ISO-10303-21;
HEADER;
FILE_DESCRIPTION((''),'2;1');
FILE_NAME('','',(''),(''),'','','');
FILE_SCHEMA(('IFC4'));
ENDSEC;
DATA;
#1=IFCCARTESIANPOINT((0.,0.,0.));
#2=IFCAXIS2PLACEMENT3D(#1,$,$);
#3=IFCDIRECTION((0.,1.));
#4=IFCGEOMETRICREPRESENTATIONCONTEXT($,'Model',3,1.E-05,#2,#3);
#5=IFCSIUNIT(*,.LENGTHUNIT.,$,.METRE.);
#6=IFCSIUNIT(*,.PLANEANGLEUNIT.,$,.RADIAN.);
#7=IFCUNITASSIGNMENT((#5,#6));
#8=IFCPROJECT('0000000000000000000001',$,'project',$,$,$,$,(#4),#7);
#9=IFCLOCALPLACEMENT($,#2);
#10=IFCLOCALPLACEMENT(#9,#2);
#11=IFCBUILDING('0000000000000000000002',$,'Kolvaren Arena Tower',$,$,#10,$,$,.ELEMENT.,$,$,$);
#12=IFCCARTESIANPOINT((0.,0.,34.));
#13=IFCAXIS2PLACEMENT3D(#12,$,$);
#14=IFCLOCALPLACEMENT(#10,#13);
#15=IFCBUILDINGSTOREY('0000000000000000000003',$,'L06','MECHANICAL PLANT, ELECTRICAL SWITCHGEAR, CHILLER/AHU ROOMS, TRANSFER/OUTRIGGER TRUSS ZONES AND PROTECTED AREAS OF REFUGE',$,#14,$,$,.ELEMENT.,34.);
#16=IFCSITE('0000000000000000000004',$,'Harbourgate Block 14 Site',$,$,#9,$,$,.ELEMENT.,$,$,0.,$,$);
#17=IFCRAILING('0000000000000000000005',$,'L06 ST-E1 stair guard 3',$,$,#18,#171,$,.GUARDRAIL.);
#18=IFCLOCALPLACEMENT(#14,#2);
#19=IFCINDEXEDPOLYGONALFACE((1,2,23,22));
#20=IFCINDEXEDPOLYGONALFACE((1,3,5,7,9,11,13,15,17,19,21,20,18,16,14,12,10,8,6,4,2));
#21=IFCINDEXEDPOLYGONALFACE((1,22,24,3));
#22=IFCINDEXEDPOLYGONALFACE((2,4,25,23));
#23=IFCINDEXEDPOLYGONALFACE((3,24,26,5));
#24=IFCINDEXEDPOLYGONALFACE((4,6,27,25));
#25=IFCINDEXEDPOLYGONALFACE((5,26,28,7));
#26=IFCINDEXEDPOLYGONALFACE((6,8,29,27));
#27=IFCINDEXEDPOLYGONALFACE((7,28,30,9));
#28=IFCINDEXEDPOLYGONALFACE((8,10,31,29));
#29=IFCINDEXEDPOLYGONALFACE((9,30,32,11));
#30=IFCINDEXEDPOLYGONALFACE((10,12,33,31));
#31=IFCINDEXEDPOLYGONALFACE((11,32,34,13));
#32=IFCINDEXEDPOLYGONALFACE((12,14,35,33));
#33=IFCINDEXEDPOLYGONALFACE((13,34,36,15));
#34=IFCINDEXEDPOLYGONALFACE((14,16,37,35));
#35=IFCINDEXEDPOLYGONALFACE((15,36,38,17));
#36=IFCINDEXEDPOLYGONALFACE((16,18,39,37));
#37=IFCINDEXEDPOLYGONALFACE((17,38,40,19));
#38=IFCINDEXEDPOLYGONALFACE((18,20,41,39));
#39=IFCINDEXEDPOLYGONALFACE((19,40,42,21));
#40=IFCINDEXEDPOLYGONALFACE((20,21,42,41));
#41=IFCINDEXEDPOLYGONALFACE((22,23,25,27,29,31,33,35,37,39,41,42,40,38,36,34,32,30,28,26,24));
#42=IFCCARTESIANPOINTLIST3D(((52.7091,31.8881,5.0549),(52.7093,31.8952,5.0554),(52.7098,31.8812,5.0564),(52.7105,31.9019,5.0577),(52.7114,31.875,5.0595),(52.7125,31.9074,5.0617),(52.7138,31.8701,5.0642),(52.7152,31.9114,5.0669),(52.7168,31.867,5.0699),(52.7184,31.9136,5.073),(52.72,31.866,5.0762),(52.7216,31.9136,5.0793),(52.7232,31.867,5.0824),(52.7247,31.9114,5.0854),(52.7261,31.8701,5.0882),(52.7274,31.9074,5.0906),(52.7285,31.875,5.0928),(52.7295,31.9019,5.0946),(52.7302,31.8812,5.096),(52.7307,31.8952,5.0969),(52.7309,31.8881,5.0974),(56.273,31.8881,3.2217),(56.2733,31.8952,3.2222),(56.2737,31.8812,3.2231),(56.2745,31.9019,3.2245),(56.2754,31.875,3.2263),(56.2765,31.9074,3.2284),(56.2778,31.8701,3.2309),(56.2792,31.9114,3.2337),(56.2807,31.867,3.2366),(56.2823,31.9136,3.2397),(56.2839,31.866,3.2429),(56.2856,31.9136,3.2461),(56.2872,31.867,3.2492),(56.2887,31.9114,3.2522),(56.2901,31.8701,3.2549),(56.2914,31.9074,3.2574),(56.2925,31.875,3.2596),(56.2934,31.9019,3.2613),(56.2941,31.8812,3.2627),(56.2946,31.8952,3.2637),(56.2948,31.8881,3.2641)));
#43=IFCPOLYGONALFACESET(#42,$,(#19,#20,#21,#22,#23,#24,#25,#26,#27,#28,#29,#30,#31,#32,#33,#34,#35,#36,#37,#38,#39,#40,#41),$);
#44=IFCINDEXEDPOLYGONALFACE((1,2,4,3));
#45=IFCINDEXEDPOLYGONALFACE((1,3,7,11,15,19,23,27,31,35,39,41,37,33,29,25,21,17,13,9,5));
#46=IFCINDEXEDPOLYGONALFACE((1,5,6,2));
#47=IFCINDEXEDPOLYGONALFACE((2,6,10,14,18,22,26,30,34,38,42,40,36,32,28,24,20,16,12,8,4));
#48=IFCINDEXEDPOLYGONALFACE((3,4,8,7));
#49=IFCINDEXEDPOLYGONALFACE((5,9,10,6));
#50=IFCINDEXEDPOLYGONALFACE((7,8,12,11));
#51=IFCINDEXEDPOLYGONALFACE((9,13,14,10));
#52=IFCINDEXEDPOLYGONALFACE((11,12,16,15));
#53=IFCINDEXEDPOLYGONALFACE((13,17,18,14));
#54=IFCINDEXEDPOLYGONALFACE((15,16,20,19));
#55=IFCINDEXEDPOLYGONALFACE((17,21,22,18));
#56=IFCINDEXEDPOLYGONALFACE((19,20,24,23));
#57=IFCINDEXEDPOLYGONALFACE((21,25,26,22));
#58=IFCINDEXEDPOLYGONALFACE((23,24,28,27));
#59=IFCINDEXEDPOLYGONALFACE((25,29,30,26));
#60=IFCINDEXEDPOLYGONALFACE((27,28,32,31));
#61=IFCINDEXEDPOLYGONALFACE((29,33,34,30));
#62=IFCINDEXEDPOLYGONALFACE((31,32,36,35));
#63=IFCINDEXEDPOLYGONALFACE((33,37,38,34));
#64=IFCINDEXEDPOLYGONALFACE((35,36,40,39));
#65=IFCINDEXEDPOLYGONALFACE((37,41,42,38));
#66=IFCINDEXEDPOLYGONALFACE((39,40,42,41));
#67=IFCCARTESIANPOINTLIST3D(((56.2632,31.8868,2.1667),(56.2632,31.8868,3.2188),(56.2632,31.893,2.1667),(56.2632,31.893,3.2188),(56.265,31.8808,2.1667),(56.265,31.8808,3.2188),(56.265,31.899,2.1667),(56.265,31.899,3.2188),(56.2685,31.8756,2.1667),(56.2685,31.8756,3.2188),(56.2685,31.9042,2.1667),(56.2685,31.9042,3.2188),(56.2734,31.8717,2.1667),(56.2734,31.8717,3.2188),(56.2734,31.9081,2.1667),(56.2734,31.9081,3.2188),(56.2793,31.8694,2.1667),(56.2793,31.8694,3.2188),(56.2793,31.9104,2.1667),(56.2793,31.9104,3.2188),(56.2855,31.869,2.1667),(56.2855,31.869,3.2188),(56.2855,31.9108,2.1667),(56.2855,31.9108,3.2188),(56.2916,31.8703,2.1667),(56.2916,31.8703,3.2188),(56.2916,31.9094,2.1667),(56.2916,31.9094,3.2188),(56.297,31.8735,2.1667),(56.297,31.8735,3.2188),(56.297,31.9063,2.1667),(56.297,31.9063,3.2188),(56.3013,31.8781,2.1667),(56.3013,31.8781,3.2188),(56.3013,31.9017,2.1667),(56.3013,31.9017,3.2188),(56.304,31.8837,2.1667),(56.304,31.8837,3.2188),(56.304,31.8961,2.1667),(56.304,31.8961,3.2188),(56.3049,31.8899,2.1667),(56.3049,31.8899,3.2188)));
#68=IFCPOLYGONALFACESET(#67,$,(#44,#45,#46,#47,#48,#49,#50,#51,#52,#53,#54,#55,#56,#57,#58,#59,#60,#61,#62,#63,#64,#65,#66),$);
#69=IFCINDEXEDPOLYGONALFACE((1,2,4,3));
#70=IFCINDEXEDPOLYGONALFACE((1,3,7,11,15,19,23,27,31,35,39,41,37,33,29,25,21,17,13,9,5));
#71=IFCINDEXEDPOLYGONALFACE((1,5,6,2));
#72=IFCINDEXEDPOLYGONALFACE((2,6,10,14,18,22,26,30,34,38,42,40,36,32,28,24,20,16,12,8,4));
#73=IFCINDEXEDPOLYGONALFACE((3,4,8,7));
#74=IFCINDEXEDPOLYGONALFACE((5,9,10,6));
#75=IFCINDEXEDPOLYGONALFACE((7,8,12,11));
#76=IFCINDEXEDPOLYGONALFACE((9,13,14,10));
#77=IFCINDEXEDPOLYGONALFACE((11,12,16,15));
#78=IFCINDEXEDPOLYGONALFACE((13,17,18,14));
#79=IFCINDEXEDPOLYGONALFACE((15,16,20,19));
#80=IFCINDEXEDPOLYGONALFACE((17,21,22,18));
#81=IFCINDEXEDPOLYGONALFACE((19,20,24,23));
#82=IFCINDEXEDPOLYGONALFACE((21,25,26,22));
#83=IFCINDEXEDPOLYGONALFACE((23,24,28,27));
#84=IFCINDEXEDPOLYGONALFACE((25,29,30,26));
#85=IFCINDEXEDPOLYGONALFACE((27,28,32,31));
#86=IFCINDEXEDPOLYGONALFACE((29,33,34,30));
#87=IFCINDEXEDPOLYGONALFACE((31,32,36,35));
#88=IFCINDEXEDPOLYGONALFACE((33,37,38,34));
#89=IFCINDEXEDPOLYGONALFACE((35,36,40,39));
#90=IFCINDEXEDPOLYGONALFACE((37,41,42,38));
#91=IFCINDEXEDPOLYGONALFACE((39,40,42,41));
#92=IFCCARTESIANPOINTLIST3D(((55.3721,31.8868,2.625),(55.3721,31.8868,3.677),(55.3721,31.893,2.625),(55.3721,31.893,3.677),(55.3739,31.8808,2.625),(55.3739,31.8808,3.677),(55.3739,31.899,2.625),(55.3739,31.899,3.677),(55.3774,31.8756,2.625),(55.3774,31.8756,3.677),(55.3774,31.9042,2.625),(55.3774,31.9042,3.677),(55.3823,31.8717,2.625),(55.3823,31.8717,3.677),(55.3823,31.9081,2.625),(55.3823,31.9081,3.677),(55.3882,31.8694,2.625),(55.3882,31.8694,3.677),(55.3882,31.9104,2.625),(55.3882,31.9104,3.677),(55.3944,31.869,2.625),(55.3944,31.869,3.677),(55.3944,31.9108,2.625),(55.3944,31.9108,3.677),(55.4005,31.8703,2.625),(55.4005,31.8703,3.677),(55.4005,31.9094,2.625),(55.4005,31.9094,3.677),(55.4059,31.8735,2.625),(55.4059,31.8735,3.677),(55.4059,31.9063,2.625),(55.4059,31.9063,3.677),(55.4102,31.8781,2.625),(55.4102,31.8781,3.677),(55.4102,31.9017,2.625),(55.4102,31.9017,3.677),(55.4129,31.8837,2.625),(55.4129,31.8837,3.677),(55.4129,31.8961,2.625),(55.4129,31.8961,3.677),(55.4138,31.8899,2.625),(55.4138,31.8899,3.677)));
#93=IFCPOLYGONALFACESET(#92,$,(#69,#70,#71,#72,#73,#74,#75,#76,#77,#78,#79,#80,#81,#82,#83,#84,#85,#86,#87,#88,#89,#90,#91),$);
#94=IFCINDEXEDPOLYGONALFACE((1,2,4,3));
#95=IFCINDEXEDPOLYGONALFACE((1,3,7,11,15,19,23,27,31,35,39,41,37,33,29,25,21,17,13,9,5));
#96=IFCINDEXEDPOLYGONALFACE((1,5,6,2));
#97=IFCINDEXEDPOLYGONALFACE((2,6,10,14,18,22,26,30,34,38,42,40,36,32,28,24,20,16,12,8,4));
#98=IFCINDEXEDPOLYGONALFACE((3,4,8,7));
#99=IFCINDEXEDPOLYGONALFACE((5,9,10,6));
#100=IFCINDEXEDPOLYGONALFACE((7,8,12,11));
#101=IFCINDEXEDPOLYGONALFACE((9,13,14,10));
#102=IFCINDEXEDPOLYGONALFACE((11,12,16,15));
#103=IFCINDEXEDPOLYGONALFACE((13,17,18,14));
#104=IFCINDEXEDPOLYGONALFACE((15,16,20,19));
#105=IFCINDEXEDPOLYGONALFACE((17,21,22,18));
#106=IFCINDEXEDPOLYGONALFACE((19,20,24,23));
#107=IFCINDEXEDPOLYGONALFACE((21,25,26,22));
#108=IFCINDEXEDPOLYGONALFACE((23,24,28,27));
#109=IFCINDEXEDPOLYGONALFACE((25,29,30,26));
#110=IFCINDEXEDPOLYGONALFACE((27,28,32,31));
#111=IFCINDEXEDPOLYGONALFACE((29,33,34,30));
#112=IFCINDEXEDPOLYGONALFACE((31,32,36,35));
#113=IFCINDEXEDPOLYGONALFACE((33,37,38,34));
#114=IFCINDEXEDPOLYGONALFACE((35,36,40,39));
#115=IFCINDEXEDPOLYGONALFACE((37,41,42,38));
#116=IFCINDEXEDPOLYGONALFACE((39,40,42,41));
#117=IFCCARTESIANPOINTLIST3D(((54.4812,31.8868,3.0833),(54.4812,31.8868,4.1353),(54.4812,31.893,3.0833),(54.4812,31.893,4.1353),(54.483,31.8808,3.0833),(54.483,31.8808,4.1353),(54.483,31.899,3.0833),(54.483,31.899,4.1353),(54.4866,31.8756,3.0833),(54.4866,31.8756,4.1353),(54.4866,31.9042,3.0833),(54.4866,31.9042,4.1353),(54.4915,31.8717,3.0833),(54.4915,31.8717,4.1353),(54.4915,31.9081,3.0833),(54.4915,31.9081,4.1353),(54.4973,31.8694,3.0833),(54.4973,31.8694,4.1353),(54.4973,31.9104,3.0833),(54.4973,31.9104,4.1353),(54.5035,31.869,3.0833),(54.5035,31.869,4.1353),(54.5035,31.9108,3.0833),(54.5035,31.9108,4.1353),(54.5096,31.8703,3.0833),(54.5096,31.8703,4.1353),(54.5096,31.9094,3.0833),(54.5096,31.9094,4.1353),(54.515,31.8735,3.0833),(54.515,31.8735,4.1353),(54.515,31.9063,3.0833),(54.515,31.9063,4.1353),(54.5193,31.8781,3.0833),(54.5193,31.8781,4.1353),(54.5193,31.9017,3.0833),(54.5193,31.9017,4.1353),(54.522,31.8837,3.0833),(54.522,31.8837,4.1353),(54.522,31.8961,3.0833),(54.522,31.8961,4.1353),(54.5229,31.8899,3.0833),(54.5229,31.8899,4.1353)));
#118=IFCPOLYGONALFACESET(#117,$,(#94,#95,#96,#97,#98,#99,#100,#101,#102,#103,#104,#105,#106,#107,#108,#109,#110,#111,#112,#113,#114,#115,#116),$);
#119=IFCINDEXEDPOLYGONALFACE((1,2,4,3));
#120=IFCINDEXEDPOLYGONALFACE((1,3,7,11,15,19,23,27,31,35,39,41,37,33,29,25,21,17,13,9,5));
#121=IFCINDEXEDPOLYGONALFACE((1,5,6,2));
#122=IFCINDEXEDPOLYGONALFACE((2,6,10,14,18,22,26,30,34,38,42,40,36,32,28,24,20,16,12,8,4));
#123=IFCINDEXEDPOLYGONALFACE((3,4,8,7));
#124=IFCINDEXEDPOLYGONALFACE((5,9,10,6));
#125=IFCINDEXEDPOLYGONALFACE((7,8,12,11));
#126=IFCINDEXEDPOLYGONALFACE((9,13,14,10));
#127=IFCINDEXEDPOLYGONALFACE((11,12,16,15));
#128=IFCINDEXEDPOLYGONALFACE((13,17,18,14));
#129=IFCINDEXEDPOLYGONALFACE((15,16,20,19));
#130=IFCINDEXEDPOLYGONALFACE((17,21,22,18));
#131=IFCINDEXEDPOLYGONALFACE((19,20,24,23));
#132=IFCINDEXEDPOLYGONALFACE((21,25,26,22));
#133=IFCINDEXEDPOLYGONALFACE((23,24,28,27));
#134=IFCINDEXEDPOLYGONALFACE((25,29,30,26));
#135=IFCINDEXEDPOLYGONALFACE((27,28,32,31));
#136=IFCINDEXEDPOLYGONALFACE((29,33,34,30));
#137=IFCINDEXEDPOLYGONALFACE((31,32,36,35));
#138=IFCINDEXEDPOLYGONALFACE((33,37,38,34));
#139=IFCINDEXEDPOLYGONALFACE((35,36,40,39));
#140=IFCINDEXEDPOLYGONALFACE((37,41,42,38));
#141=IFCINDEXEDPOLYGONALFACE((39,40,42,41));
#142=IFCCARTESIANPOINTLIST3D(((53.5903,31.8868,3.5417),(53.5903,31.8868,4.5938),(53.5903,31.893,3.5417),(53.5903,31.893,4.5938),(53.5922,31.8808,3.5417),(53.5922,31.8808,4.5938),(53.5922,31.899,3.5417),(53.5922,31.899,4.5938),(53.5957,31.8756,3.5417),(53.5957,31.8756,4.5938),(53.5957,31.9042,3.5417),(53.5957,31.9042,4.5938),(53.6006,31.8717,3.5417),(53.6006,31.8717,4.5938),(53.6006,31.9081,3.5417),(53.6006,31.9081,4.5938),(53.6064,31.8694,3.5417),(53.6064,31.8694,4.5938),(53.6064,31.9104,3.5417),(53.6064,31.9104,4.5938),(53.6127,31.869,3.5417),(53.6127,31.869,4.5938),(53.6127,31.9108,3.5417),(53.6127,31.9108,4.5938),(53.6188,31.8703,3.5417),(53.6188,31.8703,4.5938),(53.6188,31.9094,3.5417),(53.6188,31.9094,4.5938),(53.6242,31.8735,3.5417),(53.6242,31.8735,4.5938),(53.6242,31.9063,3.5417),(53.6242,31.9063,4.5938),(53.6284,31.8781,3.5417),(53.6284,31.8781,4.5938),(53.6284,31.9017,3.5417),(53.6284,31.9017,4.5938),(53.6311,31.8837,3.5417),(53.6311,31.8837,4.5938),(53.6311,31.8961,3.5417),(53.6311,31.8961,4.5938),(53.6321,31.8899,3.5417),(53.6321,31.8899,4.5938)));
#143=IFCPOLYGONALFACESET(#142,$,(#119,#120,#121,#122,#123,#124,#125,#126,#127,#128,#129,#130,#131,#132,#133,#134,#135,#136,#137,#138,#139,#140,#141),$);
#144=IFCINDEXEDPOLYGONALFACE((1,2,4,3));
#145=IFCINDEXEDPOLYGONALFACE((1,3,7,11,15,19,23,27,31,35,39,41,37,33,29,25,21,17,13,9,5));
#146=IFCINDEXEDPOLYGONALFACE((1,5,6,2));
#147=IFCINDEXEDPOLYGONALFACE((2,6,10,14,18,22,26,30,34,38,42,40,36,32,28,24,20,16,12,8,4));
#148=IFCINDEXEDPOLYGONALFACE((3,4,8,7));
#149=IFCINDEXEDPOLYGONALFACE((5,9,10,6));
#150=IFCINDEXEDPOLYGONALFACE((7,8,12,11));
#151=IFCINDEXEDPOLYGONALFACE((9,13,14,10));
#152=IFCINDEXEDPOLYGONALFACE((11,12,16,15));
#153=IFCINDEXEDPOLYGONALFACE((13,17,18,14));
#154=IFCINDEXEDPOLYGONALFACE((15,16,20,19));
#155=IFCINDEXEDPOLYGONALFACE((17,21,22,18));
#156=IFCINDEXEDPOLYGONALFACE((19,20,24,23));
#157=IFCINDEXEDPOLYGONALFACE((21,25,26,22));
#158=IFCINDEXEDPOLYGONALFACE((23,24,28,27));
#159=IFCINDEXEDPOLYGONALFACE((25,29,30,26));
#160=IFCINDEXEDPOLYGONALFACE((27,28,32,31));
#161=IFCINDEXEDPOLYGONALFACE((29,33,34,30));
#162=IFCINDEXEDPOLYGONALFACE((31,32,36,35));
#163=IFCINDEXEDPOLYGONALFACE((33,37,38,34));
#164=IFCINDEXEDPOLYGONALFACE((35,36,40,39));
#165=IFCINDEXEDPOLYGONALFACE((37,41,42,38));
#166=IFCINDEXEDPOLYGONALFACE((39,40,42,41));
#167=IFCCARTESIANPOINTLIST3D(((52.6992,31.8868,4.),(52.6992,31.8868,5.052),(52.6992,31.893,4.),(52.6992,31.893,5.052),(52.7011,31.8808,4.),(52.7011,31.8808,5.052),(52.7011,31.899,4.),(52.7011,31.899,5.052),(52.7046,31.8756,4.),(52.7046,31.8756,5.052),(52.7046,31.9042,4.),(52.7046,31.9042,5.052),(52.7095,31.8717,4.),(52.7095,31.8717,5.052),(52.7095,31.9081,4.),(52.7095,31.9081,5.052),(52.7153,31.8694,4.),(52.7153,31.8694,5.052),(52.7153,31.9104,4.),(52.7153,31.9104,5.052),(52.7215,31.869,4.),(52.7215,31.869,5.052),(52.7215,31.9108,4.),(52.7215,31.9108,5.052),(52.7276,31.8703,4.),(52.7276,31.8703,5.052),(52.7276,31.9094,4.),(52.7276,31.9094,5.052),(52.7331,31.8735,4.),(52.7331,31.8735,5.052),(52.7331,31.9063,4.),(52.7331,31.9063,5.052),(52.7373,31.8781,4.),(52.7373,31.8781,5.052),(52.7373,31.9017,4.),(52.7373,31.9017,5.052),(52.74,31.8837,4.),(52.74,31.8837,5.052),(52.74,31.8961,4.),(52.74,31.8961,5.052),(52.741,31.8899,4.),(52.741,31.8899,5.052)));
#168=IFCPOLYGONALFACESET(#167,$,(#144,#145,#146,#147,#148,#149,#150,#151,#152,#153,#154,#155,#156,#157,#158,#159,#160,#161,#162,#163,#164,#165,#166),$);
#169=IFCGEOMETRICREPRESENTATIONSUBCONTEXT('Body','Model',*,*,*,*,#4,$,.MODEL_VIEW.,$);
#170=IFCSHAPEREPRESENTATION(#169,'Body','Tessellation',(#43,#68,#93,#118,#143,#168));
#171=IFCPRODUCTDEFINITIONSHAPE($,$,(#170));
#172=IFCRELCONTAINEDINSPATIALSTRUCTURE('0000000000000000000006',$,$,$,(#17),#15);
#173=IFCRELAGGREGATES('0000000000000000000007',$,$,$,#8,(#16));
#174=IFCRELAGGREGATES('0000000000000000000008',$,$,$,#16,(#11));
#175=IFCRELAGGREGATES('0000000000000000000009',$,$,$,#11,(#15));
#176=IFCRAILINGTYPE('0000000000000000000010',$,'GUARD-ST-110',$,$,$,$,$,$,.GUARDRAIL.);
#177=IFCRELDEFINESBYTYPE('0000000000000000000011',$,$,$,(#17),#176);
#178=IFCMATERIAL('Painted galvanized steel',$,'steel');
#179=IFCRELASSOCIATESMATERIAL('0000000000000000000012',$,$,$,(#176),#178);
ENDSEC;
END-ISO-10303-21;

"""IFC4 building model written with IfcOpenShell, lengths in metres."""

from ifc_helpers import new_model, si_unit, direction, frame, origin, origin_2d, place, context, subcontext, project, spatial, circle, extrude, material, type_object, element, save


model = new_model("IFC4")

# Units and contexts
model_context = context("Model", 3, precision=1e-05, world=origin(), true_north=direction((0.0, 1.0)))
body_context = subcontext(model_context, "Body", "Model", "MODEL_VIEW")
ifc_project = project(units=[si_unit("LENGTHUNIT", "METRE"), si_unit("PLANEANGLEUNIT", "RADIAN")], contexts=[model_context])

# Site, building, storey
site_placement = place(None, origin())
site = spatial("IfcSite", under=ifc_project, at=site_placement, Name="Harbourgate Block 14 Site", CompositionType="ELEMENT", RefElevation=0.0)
building_placement = place(site_placement, origin())
building = spatial("IfcBuilding", under=site, at=building_placement, Name="Kolvaren Arena Tower", CompositionType="ELEMENT")
storey_placement = place(building_placement, frame((0.0, 0.0, 34.0)))
storey = spatial("IfcBuildingStorey", under=building, at=storey_placement, Name="L06", Description="MECHANICAL PLANT, ELECTRICAL SWITCHGEAR, CHILLER/AHU ROOMS, TRANSFER/OUTRIGGER TRUSS ZONES AND PROTECTED AREAS OF REFUGE", CompositionType="ELEMENT", Elevation=34.0)

# Railing
ifc_material_1 = material(Name="Painted galvanized steel", Category="steel")
railing_type_1 = type_object("IfcRailingType", Name="GUARD-ST-110", PredefinedType="GUARDRAIL", material=ifc_material_1)
railing_1_placement = place(storey_placement, frame((56.2839, 31.8899, 2.1667)))
element("IfcRailing", 1, at=railing_1_placement, inside=storey, type_object=railing_type_1, Name="L06 ST-E1 stair guard 3", PredefinedType="GUARDRAIL", context=body_context, shape_type="SweptSolid", body=[
    extrude(circle(Radius=0.0239, at=origin_2d()), frame((0.0, 0.0, 1.0762), z_axis=(-0.889252, 0.0, 0.457418), x_axis=(0.0, -1.0, 0.0)), (0.0, 0.0, 1.0), 4.0078),
    extrude(circle(Radius=0.021, at=origin_2d()), origin(), (0.0, 0.0, 1.0), 1.052),
    extrude(circle(Radius=0.021, at=origin_2d()), frame((-0.8911, 0.0, 0.4583)), (0.0, 0.0, 1.0), 1.052),
    extrude(circle(Radius=0.021, at=origin_2d()), frame((-1.782, 0.0, 0.9165)), (0.0, 0.0, 1.0), 1.052),
    extrude(circle(Radius=0.021, at=origin_2d()), frame((-2.6729, 0.0, 1.375)), (0.0, 0.0, 1.0), 1.052),
    extrude(circle(Radius=0.021, at=origin_2d()), frame((-3.564, 0.0, 1.8333)), (0.0, 0.0, 1.0), 1.052),
])

save(model, "model.ifc")
